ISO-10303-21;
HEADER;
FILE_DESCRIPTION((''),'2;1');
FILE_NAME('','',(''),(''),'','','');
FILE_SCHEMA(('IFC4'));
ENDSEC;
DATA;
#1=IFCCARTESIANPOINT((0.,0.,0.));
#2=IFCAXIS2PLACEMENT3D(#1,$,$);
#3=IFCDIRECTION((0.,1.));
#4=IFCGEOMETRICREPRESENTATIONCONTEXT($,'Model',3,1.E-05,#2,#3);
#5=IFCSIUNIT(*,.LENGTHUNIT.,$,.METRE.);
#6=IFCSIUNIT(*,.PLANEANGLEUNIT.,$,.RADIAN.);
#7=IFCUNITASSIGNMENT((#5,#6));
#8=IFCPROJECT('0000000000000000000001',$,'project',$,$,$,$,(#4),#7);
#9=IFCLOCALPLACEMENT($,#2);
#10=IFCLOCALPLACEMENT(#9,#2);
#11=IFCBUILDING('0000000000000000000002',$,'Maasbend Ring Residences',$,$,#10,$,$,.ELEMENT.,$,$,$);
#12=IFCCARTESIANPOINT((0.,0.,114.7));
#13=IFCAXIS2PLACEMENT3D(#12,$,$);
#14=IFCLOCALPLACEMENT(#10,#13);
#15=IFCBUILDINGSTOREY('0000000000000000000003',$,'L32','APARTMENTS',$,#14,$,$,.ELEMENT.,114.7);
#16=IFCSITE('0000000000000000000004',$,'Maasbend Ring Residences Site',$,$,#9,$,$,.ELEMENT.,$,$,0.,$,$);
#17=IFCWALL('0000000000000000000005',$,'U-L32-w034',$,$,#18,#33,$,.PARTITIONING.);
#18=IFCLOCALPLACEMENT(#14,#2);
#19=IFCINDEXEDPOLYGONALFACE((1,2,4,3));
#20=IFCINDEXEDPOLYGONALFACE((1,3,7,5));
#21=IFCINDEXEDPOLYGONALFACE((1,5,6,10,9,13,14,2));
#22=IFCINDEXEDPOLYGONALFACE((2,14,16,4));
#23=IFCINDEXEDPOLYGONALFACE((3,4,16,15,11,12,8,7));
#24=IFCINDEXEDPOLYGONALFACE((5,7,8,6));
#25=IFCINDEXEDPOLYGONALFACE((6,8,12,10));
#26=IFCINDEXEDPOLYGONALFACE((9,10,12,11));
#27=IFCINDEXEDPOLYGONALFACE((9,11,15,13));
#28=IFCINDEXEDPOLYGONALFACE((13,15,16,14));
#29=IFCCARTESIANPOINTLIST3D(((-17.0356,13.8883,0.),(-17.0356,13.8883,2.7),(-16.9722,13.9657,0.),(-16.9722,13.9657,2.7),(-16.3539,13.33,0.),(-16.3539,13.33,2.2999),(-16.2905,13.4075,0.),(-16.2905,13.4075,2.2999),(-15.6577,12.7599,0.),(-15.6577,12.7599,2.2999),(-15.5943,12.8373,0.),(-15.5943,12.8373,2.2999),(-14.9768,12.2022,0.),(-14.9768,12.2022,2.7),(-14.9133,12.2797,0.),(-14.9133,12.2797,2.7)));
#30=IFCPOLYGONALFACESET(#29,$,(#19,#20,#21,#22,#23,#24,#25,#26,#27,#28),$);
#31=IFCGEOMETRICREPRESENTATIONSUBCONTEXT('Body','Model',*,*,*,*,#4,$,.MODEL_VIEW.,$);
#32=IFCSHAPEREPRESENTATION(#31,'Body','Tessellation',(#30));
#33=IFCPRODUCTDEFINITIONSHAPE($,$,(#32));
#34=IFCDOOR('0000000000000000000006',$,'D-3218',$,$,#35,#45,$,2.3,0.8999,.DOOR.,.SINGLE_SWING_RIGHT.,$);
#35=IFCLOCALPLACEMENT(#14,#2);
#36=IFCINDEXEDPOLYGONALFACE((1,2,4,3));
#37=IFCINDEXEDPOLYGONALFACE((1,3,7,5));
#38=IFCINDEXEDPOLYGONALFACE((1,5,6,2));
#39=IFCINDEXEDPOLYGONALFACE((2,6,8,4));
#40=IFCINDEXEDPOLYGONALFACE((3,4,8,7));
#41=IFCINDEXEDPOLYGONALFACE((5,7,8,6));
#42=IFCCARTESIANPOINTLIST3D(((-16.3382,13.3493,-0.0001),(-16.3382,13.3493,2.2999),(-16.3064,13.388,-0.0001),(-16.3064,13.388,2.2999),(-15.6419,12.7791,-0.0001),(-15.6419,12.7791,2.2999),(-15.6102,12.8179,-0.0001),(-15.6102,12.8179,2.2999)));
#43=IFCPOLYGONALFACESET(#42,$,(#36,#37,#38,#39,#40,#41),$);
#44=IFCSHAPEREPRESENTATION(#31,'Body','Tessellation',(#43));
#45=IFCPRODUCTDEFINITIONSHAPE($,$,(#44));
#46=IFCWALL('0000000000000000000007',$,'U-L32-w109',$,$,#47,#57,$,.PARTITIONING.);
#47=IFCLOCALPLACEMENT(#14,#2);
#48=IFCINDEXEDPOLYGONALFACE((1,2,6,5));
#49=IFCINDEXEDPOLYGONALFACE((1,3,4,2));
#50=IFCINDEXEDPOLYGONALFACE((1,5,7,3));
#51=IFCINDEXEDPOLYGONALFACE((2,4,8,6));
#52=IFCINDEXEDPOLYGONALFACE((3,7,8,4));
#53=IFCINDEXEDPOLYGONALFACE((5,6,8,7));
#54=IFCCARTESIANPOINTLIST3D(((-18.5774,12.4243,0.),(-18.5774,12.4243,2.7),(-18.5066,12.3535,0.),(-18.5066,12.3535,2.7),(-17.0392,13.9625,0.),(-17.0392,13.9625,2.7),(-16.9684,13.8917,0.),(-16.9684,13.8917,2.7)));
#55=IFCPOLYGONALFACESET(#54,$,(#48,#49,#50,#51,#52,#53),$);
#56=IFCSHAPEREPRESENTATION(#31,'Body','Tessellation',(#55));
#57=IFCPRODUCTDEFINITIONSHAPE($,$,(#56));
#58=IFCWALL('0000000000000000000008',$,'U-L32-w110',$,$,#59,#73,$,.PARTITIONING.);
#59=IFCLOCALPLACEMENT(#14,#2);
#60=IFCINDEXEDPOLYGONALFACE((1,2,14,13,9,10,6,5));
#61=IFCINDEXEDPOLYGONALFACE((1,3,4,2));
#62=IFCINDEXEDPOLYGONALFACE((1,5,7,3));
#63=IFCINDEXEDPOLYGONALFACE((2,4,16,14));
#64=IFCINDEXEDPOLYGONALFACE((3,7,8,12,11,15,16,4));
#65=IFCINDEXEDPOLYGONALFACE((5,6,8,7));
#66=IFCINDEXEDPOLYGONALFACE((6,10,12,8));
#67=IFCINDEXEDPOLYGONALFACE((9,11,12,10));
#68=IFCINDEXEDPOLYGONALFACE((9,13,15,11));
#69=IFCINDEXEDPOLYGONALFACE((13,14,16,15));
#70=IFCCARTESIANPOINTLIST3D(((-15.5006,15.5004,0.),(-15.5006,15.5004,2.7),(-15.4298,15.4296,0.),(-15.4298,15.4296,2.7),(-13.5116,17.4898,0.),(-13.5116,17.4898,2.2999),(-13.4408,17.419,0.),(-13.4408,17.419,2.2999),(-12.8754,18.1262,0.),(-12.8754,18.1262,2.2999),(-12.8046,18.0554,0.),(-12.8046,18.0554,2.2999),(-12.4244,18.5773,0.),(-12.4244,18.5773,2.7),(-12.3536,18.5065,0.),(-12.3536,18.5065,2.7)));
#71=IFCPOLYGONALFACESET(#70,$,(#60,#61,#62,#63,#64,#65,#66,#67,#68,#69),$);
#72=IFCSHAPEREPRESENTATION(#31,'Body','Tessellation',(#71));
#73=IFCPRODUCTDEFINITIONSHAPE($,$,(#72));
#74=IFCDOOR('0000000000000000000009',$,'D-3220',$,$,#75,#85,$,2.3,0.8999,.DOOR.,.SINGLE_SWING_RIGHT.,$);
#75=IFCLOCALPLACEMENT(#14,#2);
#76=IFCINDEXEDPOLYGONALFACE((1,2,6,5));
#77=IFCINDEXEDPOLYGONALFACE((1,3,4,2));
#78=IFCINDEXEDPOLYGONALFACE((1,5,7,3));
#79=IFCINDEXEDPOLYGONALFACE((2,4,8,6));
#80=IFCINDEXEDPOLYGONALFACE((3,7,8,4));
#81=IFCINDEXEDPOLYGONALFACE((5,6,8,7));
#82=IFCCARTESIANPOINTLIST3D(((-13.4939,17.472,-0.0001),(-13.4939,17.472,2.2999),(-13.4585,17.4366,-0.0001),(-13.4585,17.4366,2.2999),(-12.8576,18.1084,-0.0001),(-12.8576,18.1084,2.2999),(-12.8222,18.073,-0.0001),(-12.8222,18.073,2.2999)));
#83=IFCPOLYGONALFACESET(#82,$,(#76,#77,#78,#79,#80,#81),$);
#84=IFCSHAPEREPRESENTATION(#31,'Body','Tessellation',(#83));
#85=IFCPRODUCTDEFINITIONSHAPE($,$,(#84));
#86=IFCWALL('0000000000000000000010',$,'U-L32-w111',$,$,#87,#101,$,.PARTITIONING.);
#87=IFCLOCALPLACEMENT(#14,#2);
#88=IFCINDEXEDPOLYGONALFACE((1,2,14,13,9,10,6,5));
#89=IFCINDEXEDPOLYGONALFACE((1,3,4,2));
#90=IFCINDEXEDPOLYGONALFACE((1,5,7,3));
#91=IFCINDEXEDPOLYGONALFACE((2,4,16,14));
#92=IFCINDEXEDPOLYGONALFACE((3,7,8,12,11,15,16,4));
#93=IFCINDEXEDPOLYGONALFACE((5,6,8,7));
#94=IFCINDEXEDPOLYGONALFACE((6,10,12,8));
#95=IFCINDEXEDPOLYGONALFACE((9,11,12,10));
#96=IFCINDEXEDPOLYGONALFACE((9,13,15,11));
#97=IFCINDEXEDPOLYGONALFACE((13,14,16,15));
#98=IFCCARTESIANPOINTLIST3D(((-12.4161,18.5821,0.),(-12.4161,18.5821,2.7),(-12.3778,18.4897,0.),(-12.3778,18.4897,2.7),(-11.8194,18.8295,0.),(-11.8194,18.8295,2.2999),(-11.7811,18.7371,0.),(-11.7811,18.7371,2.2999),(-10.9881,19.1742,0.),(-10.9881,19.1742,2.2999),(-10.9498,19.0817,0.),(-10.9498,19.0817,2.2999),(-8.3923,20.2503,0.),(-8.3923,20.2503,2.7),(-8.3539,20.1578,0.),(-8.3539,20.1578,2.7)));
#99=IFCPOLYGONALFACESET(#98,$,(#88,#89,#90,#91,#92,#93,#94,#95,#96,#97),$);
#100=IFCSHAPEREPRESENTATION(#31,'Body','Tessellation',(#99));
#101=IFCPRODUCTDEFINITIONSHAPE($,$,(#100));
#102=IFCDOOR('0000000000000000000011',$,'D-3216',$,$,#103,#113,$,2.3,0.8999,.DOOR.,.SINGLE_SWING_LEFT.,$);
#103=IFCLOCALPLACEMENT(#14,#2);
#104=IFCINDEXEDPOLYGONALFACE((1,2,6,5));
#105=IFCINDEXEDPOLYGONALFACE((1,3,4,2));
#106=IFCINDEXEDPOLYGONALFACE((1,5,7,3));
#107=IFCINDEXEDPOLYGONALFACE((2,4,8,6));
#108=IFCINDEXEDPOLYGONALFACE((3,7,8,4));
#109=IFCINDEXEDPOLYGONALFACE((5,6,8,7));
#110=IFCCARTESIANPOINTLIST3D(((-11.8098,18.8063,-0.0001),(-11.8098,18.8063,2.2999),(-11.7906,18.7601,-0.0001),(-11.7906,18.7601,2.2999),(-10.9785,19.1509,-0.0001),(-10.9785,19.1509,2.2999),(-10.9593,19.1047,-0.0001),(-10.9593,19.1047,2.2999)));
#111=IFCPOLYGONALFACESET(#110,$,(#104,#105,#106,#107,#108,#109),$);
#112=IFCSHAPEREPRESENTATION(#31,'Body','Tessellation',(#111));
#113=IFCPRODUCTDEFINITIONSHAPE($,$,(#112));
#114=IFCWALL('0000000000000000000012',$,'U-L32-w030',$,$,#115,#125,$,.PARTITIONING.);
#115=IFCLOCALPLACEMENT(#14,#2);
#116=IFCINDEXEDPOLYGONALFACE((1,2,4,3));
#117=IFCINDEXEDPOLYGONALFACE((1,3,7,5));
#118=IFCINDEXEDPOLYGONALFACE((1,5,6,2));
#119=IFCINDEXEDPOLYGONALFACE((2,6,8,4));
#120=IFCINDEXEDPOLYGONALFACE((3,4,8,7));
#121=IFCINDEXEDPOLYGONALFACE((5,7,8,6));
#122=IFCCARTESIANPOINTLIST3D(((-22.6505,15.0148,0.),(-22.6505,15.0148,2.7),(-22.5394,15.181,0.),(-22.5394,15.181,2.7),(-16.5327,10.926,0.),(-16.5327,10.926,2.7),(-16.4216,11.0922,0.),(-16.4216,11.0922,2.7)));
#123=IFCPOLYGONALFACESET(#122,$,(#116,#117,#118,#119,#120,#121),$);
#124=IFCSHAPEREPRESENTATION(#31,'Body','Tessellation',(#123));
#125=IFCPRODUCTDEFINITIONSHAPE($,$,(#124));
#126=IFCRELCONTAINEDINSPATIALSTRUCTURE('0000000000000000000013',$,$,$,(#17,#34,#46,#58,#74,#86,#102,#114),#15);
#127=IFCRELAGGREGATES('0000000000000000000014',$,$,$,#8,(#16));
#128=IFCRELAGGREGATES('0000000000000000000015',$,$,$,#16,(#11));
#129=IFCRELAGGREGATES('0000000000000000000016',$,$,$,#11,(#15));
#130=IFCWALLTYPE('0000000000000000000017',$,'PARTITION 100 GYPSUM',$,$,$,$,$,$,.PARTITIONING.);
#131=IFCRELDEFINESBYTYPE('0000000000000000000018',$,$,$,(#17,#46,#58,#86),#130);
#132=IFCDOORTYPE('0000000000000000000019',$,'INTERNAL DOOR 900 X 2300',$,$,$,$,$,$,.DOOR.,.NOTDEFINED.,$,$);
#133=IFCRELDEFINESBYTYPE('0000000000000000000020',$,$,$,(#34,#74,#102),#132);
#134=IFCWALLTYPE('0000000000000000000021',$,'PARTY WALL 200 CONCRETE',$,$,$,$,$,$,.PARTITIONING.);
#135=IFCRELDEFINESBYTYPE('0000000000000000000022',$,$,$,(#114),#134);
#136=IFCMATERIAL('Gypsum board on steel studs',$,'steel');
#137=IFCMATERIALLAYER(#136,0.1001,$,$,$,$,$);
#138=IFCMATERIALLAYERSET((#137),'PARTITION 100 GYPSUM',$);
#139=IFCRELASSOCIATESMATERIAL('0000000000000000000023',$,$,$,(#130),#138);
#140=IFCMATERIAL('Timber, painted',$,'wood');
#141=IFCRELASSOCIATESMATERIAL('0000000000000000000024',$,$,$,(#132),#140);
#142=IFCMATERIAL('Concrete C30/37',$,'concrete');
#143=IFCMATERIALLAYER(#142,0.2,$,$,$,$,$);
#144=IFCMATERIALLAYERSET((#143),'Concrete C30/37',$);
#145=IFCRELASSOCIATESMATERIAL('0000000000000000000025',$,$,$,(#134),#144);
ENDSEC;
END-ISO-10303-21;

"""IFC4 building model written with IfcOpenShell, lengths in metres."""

from ifc_helpers import new_model, si_unit, direction, frame, frame_2d, origin, place, context, subcontext, project, spatial, rectangle, extrude, material, layer, layer_set, type_object, element, fill, save


model = new_model("IFC4")

# Units and contexts
model_context = context("Model", 3, precision=1e-05, world=origin(), true_north=direction((0.0, 1.0)))
body_context = subcontext(model_context, "Body", "Model", "MODEL_VIEW")
ifc_project = project(units=[si_unit("LENGTHUNIT", "METRE"), si_unit("PLANEANGLEUNIT", "RADIAN")], contexts=[model_context])

# Site, building, storey
site_placement = place(None, origin())
site = spatial("IfcSite", under=ifc_project, at=site_placement, Name="Maasbend Ring Residences Site", CompositionType="ELEMENT", RefElevation=0.0)
building_placement = place(site_placement, origin())
building = spatial("IfcBuilding", under=site, at=building_placement, Name="Maasbend Ring Residences", CompositionType="ELEMENT")
storey_placement = place(building_placement, frame((0.0, 0.0, 114.7)))
storey = spatial("IfcBuildingStorey", under=building, at=storey_placement, Name="L32", Description="APARTMENTS", CompositionType="ELEMENT", Elevation=114.7)

# Wall, opening, door
ifc_material_1 = material(Name="Gypsum board on steel studs", Category="steel")
ifc_layer_1 = layer(ifc_material_1, 0.1001)
ifc_layer_set_1 = layer_set([ifc_layer_1], Name="PARTITION 100 GYPSUM")
wall_type_1 = type_object("IfcWallType", Name="PARTITION 100 GYPSUM", PredefinedType="PARTITIONING", material=ifc_layer_set_1)
ifc_material_2 = material(Name="Timber, painted", Category="wood")
door_type_1 = type_object("IfcDoorType", Name="INTERNAL DOOR 900 X 2300", OperationType="NOTDEFINED", PredefinedType="DOOR", material=ifc_material_2)
wall_1_placement = place(storey_placement, frame((-17.0039, 13.927, 0.0), z_axis=(0.0, 0.0, 1.0), x_axis=(0.773675, -0.633582, 0.0)))
wall_1 = element("IfcWall", 1, at=wall_1_placement, inside=storey, type_object=wall_type_1, Name="U-L32-w034", PredefinedType="PARTITIONING", context=body_context, shape_type="SweptSolid", body=[
    extrude(rectangle(XDim=2.6611, YDim=0.1001, at=frame_2d((1.3306, 0.0))), origin(), (0.0, 0.0, 1.0), 2.7),
])
opening_1_placement = place(wall_1_placement, frame((0.8811, 0.0, 0.0)))
opening_1 = element("IfcOpeningElement", 2, at=opening_1_placement, cuts=wall_1, PredefinedType="OPENING", context=body_context, shape_type="SweptSolid", body=[
    extrude(rectangle(XDim=0.8999, YDim=2.3, at=frame_2d((0.45, 1.1499))), frame((0.0, 0.0601, 0.0), z_axis=(0.0, -1.0, 0.0), x_axis=(1.0, 0.0, 0.0)), (0.0, 0.0, 1.0), 0.1201),
])
door_1_placement = place(opening_1_placement, origin())
door_1 = element("IfcDoor", 3, at=door_1_placement, inside=storey, type_object=door_type_1, Name="D-3218", OperationType="SINGLE_SWING_RIGHT", OverallHeight=2.3, OverallWidth=0.8999, PredefinedType="DOOR", context=body_context, shape_type="SweptSolid", body=[
    extrude(rectangle(XDim=0.8999, YDim=2.3, at=frame_2d((0.45, 1.1499))), frame((0.0, 0.0249, 0.0), z_axis=(0.0, -1.0, 0.0), x_axis=(1.0, 0.0, 0.0)), (0.0, 0.0, 1.0), 0.05),
])
fill(opening_1, door_1)

# Wall
wall_2_placement = place(storey_placement, frame((-18.542, 12.3889, 0.0), z_axis=(0.0, 0.0, 1.0), x_axis=(0.707107, 0.707107, 0.0)))
element("IfcWall", 4, at=wall_2_placement, inside=storey, type_object=wall_type_1, Name="U-L32-w109", PredefinedType="PARTITIONING", context=body_context, shape_type="SweptSolid", body=[
    extrude(rectangle(XDim=2.1753, YDim=0.1001, at=frame_2d((1.0876, 0.0))), origin(), (0.0, 0.0, 1.0), 2.7),
])

# Walls, openings, doors
wall_3_placement = place(storey_placement, frame((-15.4651, 15.4651, 0.0), z_axis=(0.0, 0.0, 1.0), x_axis=(0.707023, 0.707191, 0.0)))
wall_3 = element("IfcWall", 5, at=wall_3_placement, inside=storey, type_object=wall_type_1, Name="U-L32-w110", PredefinedType="PARTITIONING", context=body_context, shape_type="SweptSolid", body=[
    extrude(rectangle(XDim=4.3508, YDim=0.1001, at=frame_2d((2.1753, 0.0))), origin(), (0.0, 0.0, 1.0), 2.7),
])
opening_2_placement = place(wall_3_placement, frame((2.813, 0.0, 0.0)))
opening_2 = element("IfcOpeningElement", 6, at=opening_2_placement, cuts=wall_3, PredefinedType="OPENING", context=body_context, shape_type="SweptSolid", body=[
    extrude(rectangle(XDim=0.8999, YDim=2.3, at=frame_2d((0.45, 1.1499))), frame((0.0, 0.0601, 0.0), z_axis=(0.0, -1.0, 0.0), x_axis=(1.0, 0.0, 0.0)), (0.0, 0.0, 1.0), 0.1201),
])
door_2_placement = place(opening_2_placement, origin())
door_2 = element("IfcDoor", 7, at=door_2_placement, inside=storey, type_object=door_type_1, Name="D-3220", OperationType="SINGLE_SWING_RIGHT", OverallHeight=2.3, OverallWidth=0.8999, PredefinedType="DOOR", context=body_context, shape_type="SweptSolid", body=[
    extrude(rectangle(XDim=0.8999, YDim=2.3, at=frame_2d((0.45, 1.1499))), frame((0.0, 0.0249, 0.0), z_axis=(0.0, -1.0, 0.0), x_axis=(1.0, 0.0, 0.0)), (0.0, 0.0, 1.0), 0.05),
])
fill(opening_2, door_2)
wall_4_placement = place(storey_placement, frame((-12.397, 18.5359, 0.0), z_axis=(0.0, 0.0, 1.0), x_axis=(0.923762, 0.382967, 0.0)))
wall_4 = element("IfcWall", 8, at=wall_4_placement, inside=storey, type_object=wall_type_1, Name="U-L32-w111", PredefinedType="PARTITIONING", context=body_context, shape_type="SweptSolid", body=[
    extrude(rectangle(XDim=4.356, YDim=0.1001, at=frame_2d((2.178, 0.0))), origin(), (0.0, 0.0, 1.0), 2.7),
])
opening_3_placement = place(wall_4_placement, frame((0.646, 0.0, 0.0)))
opening_3 = element("IfcOpeningElement", 9, at=opening_3_placement, cuts=wall_4, PredefinedType="OPENING", context=body_context, shape_type="SweptSolid", body=[
    extrude(rectangle(XDim=0.8999, YDim=2.3, at=frame_2d((0.45, 1.1499))), frame((0.0, 0.0601, 0.0), z_axis=(0.0, -1.0, 0.0), x_axis=(1.0, 0.0, 0.0)), (0.0, 0.0, 1.0), 0.1201),
])
door_3_placement = place(opening_3_placement, origin())
door_3 = element("IfcDoor", 10, at=door_3_placement, inside=storey, type_object=door_type_1, Name="D-3216", OperationType="SINGLE_SWING_LEFT", OverallHeight=2.3, OverallWidth=0.8999, PredefinedType="DOOR", context=body_context, shape_type="SweptSolid", body=[
    extrude(rectangle(XDim=0.8999, YDim=2.3, at=frame_2d((0.45, 1.1499))), frame((0.0, 0.0249, 0.0), z_axis=(0.0, -1.0, 0.0), x_axis=(1.0, 0.0, 0.0)), (0.0, 0.0, 1.0), 0.05),
])
fill(opening_3, door_3)

# Wall
ifc_material_3 = material(Name="Concrete C30/37", Category="concrete")
ifc_layer_2 = layer(ifc_material_3, 0.2)
ifc_layer_set_2 = layer_set([ifc_layer_2], Name="Concrete C30/37")
wall_type_2 = type_object("IfcWallType", Name="PARTY WALL 200 CONCRETE", PredefinedType="PARTITIONING", material=ifc_layer_set_2)
wall_5_placement = place(storey_placement, frame((-22.595, 15.0979, 0.0), z_axis=(0.0, 0.0, 1.0), x_axis=(0.831407, -0.555665, 0.0)))
element("IfcWall", 11, at=wall_5_placement, inside=storey, type_object=wall_type_2, Name="U-L32-w030", PredefinedType="PARTITIONING", context=body_context, shape_type="SweptSolid", body=[
    extrude(rectangle(XDim=7.3584, YDim=0.2, at=frame_2d((3.6792, 0.0))), origin(), (0.0, 0.0, 1.0), 2.7),
])

save(model, "model.ifc")
